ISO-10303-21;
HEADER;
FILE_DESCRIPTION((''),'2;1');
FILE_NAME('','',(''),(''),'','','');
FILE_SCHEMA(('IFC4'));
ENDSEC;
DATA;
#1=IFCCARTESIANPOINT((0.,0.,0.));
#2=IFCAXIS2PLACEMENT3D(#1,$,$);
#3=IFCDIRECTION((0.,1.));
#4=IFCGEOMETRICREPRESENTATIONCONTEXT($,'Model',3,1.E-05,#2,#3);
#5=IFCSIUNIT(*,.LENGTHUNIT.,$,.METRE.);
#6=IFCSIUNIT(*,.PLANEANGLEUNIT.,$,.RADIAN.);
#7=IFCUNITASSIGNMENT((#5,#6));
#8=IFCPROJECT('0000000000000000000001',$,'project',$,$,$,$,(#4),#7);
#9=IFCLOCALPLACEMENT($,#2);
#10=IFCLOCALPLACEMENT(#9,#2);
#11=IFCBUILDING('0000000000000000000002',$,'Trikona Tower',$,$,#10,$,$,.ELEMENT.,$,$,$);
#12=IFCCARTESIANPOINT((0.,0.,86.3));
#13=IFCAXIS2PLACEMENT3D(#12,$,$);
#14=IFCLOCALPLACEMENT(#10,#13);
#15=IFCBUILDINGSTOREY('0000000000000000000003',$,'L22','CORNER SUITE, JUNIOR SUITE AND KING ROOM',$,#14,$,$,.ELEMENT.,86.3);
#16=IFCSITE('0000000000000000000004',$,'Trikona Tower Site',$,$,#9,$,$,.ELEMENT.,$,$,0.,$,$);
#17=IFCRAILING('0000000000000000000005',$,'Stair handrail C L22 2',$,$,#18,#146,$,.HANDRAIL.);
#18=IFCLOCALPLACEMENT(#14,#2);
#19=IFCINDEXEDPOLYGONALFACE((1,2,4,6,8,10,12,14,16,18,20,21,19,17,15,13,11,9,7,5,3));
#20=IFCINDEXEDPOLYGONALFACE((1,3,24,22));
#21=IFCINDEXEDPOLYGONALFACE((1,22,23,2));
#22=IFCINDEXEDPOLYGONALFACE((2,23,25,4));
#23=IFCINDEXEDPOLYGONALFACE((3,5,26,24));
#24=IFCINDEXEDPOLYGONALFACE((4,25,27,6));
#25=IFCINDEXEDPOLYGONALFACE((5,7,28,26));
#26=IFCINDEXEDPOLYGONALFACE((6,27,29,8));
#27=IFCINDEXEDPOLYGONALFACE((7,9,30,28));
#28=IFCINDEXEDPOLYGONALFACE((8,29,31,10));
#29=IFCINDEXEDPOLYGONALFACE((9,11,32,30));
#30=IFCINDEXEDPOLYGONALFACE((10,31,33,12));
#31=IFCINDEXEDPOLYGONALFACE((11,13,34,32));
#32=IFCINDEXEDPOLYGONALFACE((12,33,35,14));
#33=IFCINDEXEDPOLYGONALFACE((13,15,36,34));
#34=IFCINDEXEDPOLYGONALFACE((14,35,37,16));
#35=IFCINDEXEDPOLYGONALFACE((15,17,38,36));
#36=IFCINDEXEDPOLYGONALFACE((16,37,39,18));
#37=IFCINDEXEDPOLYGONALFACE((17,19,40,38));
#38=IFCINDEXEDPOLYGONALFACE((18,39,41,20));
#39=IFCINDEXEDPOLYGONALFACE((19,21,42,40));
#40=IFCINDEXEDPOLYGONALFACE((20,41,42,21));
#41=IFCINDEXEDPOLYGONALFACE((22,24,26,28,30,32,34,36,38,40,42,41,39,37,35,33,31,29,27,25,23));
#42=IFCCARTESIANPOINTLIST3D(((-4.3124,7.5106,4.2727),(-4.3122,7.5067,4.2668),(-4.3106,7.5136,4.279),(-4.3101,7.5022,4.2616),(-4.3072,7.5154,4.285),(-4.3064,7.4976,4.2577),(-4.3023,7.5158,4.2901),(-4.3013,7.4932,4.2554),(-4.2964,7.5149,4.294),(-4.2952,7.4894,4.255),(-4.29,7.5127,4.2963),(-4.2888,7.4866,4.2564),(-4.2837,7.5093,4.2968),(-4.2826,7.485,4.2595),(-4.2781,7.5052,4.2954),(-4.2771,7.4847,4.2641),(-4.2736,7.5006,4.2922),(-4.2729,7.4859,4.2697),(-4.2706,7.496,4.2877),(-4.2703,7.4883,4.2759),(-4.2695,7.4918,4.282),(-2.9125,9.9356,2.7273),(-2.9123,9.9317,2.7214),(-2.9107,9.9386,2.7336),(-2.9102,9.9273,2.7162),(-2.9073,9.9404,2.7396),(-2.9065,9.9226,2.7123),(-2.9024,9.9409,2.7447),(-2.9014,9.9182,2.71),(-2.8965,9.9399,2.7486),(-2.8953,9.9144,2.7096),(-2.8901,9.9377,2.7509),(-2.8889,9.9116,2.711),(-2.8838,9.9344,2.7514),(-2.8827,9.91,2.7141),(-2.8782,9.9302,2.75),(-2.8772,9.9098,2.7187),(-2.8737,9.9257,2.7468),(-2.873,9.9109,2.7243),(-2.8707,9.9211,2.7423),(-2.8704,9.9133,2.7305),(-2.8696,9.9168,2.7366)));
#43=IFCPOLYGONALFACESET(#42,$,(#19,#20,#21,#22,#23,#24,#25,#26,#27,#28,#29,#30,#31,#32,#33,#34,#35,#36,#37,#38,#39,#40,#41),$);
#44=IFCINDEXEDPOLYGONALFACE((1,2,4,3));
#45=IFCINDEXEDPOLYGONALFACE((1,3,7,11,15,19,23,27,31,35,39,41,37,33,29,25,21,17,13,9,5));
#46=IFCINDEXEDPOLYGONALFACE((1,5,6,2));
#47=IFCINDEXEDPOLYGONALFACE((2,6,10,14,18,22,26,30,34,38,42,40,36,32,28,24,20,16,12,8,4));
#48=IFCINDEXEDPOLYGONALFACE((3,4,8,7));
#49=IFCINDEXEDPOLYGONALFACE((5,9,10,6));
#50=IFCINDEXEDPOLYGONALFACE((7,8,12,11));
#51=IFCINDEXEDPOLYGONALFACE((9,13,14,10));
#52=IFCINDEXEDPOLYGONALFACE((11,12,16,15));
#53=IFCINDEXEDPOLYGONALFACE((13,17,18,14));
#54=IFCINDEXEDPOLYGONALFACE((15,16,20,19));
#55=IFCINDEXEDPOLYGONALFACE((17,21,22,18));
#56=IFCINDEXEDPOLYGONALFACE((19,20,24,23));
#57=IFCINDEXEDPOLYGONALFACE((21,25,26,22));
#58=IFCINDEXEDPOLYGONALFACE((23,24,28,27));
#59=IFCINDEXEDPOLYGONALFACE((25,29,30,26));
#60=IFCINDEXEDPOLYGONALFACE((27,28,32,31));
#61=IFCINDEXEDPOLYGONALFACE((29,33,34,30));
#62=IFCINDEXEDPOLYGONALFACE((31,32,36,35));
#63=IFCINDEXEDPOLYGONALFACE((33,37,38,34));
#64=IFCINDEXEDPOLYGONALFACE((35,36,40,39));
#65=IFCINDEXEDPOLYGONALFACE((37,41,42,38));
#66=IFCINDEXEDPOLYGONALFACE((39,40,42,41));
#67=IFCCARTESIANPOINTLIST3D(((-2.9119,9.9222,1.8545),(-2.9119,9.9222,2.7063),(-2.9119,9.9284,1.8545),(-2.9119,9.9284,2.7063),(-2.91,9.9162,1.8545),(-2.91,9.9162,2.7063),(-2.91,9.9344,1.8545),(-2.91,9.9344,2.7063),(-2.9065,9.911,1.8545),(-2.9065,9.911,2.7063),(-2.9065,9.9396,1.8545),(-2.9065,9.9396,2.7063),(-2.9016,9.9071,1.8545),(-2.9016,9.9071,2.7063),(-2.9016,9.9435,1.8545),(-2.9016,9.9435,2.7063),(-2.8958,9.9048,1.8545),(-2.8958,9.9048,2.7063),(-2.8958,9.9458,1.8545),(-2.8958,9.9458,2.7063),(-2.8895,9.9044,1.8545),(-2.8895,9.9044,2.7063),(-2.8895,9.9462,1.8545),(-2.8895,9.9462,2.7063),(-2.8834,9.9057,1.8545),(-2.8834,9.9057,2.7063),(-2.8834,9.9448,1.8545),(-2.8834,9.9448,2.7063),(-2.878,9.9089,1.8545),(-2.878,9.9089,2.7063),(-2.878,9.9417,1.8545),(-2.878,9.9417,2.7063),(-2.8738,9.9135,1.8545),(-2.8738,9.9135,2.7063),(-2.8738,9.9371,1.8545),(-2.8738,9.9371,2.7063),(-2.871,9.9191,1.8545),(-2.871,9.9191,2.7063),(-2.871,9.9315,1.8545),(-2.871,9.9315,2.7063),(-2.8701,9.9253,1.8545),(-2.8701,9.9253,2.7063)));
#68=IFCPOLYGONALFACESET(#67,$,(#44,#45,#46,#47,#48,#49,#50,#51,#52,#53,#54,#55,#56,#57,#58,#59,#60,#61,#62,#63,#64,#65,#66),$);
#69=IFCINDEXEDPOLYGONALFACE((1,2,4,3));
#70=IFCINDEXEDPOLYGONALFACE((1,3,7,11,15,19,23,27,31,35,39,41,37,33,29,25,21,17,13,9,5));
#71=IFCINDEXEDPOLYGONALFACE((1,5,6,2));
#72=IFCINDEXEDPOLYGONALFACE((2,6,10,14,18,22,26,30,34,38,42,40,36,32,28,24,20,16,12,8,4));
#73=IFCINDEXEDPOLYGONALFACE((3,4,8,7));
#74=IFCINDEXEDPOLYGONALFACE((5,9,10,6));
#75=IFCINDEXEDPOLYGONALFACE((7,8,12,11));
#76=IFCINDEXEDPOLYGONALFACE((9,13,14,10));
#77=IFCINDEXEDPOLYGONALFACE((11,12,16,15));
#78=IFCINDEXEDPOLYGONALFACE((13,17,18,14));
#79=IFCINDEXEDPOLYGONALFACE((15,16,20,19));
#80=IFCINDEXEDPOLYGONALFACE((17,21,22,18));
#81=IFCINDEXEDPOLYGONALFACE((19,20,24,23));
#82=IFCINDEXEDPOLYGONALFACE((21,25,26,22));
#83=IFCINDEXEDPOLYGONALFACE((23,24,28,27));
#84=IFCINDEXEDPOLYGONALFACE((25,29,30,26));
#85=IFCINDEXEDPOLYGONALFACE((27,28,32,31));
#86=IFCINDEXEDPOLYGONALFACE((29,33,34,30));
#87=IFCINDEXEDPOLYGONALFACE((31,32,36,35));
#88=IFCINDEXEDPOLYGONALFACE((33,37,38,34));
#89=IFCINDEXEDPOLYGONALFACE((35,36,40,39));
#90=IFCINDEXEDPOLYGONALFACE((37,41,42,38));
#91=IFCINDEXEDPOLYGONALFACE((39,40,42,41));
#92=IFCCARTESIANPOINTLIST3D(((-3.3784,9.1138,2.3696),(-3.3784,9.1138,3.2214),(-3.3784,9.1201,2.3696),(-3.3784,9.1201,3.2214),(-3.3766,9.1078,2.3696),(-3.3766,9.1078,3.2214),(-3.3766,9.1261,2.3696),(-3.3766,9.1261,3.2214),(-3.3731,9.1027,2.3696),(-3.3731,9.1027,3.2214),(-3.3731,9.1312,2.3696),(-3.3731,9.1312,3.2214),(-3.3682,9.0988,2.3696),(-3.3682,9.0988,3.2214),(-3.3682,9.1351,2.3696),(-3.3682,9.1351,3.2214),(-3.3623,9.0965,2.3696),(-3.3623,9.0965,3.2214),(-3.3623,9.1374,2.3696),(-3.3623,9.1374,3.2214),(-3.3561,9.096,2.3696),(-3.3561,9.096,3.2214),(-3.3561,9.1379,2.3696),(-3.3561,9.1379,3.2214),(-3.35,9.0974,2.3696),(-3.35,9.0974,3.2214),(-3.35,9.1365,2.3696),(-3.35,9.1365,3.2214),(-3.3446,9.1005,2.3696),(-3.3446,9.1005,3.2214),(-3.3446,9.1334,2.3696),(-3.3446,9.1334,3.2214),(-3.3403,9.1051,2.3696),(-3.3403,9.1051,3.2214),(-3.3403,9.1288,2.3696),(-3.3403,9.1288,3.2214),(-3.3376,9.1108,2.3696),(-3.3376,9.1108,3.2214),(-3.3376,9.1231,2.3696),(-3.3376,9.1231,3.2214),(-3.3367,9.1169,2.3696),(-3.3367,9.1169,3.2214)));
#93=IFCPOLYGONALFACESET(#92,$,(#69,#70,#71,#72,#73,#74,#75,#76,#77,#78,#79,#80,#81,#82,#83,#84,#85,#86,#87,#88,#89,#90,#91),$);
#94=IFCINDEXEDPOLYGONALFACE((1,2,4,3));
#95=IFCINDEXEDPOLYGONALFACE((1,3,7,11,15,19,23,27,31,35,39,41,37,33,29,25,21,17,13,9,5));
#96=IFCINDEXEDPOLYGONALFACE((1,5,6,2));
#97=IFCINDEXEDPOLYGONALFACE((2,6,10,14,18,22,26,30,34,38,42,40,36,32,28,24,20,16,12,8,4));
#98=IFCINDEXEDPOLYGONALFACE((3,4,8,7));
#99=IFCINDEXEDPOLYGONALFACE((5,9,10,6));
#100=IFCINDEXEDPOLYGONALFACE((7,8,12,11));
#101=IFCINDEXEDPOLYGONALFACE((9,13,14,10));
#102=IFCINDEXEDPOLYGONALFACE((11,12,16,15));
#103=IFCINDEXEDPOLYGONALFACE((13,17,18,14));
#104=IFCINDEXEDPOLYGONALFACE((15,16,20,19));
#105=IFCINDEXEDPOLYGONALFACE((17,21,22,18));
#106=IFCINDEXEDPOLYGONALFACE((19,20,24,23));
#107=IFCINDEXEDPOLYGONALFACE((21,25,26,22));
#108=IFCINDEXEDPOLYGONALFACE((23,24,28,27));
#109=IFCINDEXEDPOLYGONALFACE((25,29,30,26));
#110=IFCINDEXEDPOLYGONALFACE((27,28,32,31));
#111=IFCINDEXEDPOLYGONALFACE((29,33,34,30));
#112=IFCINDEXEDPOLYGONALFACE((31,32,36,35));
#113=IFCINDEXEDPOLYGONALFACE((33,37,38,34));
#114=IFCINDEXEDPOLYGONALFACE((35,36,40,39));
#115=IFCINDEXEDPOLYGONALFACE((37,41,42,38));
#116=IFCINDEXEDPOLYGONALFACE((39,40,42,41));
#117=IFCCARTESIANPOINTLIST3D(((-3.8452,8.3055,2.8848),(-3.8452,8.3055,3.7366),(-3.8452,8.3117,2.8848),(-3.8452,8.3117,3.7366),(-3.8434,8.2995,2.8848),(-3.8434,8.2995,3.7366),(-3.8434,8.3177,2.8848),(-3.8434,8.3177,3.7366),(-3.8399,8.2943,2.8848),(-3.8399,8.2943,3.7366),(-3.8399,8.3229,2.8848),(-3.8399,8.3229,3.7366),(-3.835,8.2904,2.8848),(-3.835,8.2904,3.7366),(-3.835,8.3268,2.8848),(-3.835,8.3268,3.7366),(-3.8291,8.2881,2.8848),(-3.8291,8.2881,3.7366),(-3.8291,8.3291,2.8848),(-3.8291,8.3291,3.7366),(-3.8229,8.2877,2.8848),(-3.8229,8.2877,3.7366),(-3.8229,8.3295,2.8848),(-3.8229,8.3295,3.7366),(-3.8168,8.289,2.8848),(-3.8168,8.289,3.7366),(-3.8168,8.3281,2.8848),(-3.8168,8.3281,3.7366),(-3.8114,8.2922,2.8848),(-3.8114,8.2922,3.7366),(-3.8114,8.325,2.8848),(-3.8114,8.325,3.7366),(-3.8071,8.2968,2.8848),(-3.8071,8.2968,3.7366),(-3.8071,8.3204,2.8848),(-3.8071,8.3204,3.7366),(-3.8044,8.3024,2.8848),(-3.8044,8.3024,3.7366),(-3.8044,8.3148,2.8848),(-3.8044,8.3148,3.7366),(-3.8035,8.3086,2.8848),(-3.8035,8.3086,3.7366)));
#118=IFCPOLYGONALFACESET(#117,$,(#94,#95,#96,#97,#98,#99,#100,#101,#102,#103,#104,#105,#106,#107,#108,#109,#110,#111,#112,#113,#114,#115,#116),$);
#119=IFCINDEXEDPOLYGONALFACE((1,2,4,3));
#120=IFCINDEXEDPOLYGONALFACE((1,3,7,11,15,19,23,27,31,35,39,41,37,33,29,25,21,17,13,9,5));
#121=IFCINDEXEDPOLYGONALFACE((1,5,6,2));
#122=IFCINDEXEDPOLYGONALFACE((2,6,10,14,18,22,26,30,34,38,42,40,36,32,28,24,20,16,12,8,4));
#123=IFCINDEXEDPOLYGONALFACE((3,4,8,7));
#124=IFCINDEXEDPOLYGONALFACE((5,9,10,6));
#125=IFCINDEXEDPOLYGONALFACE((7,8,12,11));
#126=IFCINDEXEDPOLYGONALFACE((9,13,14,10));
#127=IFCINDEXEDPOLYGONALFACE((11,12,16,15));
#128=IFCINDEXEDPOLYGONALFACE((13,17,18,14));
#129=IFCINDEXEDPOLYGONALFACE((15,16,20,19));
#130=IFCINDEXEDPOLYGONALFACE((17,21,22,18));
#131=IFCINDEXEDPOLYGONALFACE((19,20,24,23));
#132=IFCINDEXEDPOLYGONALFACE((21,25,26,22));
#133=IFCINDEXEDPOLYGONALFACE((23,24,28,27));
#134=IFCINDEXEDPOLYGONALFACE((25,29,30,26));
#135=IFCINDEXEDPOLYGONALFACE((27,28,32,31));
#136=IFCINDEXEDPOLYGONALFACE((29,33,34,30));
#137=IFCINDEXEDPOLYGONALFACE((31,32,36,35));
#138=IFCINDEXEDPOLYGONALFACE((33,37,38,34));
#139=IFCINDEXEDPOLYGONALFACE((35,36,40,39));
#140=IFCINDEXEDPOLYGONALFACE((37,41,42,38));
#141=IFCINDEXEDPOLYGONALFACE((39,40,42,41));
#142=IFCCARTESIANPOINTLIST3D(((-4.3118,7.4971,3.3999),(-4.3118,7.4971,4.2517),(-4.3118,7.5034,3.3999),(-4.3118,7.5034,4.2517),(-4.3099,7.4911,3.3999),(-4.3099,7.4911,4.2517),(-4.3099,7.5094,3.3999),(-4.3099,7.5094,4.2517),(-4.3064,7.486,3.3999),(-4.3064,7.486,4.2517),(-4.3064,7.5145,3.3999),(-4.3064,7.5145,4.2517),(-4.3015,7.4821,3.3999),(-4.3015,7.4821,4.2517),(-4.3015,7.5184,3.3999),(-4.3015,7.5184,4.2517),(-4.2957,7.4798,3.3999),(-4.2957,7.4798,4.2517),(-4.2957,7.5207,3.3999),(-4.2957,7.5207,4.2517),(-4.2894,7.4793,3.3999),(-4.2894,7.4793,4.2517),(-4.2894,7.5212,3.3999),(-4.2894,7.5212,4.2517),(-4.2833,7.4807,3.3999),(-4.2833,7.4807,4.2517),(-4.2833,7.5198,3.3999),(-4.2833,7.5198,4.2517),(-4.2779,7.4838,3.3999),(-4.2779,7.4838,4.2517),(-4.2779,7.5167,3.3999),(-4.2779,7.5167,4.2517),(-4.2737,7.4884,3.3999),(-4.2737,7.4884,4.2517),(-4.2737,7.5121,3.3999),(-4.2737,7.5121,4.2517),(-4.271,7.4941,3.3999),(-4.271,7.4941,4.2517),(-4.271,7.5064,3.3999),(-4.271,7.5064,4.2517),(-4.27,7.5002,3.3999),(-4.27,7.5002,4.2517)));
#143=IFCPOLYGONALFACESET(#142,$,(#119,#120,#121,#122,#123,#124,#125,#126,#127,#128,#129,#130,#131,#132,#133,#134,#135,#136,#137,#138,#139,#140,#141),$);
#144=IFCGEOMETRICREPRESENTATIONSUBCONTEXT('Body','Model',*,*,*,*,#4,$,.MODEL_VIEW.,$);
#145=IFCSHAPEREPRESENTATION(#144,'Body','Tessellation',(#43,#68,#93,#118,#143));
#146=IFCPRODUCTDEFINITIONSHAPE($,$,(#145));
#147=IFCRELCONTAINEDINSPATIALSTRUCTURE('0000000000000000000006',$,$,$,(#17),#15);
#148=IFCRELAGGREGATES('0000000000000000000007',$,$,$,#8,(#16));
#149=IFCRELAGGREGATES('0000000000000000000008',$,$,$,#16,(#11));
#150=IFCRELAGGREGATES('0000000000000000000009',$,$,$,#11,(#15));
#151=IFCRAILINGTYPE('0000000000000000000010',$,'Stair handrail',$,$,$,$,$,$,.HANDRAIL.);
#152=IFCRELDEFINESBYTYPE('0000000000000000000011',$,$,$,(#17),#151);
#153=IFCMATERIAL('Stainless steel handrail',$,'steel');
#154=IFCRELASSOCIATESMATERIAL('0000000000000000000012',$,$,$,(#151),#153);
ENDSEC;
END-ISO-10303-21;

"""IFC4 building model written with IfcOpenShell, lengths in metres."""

from ifc_helpers import new_model, si_unit, direction, frame, origin, origin_2d, place, context, subcontext, project, spatial, circle, extrude, material, type_object, element, save


model = new_model("IFC4")

# Units and contexts
model_context = context("Model", 3, precision=1e-05, world=origin(), true_north=direction((0.0, 1.0)))
body_context = subcontext(model_context, "Body", "Model", "MODEL_VIEW")
ifc_project = project(units=[si_unit("LENGTHUNIT", "METRE"), si_unit("PLANEANGLEUNIT", "RADIAN")], contexts=[model_context])

# Site, building, storey
site_placement = place(None, origin())
site = spatial("IfcSite", under=ifc_project, at=site_placement, Name="Trikona Tower Site", CompositionType="ELEMENT", RefElevation=0.0)
building_placement = place(site_placement, origin())
building = spatial("IfcBuilding", under=site, at=building_placement, Name="Trikona Tower", CompositionType="ELEMENT")
storey_placement = place(building_placement, frame((0.0, 0.0, 86.3)))
storey = spatial("IfcBuildingStorey", under=building, at=storey_placement, Name="L22", Description="CORNER SUITE, JUNIOR SUITE AND KING ROOM", CompositionType="ELEMENT", Elevation=86.3)

# Railing
ifc_material_1 = material(Name="Stainless steel handrail", Category="steel")
railing_type = type_object("IfcRailingType", Name="Stair handrail", PredefinedType="HANDRAIL", material=ifc_material_1)
railing_1_placement = place(storey_placement, frame((-2.8911, 9.9253, 1.8545)))
element("IfcRailing", 1, at=railing_1_placement, inside=storey, type_object=railing_type, Name="Stair handrail C L22 2", PredefinedType="HANDRAIL", context=body_context, shape_type="SweptSolid", body=[
    extrude(circle(Radius=0.0239, at=origin_2d()), frame((0.0, 0.0, 0.876), z_axis=(-0.437707, -0.75824, 0.483203), x_axis=(0.866056, -0.499946, 0.0)), (0.0, 0.0, 1.0), 3.1982),
    extrude(circle(Radius=0.021, at=origin_2d()), origin(), (0.0, 0.0, 1.0), 0.8518),
    extrude(circle(Radius=0.021, at=origin_2d()), frame((-0.4666, -0.8083, 0.5151)), (0.0, 0.0, 1.0), 0.8518),
    extrude(circle(Radius=0.021, at=origin_2d()), frame((-0.9333, -1.6167, 1.0303)), (0.0, 0.0, 1.0), 0.8518),
    extrude(circle(Radius=0.021, at=origin_2d()), frame((-1.3999, -2.425, 1.5454)), (0.0, 0.0, 1.0), 0.8518),
])

save(model, "model.ifc")
